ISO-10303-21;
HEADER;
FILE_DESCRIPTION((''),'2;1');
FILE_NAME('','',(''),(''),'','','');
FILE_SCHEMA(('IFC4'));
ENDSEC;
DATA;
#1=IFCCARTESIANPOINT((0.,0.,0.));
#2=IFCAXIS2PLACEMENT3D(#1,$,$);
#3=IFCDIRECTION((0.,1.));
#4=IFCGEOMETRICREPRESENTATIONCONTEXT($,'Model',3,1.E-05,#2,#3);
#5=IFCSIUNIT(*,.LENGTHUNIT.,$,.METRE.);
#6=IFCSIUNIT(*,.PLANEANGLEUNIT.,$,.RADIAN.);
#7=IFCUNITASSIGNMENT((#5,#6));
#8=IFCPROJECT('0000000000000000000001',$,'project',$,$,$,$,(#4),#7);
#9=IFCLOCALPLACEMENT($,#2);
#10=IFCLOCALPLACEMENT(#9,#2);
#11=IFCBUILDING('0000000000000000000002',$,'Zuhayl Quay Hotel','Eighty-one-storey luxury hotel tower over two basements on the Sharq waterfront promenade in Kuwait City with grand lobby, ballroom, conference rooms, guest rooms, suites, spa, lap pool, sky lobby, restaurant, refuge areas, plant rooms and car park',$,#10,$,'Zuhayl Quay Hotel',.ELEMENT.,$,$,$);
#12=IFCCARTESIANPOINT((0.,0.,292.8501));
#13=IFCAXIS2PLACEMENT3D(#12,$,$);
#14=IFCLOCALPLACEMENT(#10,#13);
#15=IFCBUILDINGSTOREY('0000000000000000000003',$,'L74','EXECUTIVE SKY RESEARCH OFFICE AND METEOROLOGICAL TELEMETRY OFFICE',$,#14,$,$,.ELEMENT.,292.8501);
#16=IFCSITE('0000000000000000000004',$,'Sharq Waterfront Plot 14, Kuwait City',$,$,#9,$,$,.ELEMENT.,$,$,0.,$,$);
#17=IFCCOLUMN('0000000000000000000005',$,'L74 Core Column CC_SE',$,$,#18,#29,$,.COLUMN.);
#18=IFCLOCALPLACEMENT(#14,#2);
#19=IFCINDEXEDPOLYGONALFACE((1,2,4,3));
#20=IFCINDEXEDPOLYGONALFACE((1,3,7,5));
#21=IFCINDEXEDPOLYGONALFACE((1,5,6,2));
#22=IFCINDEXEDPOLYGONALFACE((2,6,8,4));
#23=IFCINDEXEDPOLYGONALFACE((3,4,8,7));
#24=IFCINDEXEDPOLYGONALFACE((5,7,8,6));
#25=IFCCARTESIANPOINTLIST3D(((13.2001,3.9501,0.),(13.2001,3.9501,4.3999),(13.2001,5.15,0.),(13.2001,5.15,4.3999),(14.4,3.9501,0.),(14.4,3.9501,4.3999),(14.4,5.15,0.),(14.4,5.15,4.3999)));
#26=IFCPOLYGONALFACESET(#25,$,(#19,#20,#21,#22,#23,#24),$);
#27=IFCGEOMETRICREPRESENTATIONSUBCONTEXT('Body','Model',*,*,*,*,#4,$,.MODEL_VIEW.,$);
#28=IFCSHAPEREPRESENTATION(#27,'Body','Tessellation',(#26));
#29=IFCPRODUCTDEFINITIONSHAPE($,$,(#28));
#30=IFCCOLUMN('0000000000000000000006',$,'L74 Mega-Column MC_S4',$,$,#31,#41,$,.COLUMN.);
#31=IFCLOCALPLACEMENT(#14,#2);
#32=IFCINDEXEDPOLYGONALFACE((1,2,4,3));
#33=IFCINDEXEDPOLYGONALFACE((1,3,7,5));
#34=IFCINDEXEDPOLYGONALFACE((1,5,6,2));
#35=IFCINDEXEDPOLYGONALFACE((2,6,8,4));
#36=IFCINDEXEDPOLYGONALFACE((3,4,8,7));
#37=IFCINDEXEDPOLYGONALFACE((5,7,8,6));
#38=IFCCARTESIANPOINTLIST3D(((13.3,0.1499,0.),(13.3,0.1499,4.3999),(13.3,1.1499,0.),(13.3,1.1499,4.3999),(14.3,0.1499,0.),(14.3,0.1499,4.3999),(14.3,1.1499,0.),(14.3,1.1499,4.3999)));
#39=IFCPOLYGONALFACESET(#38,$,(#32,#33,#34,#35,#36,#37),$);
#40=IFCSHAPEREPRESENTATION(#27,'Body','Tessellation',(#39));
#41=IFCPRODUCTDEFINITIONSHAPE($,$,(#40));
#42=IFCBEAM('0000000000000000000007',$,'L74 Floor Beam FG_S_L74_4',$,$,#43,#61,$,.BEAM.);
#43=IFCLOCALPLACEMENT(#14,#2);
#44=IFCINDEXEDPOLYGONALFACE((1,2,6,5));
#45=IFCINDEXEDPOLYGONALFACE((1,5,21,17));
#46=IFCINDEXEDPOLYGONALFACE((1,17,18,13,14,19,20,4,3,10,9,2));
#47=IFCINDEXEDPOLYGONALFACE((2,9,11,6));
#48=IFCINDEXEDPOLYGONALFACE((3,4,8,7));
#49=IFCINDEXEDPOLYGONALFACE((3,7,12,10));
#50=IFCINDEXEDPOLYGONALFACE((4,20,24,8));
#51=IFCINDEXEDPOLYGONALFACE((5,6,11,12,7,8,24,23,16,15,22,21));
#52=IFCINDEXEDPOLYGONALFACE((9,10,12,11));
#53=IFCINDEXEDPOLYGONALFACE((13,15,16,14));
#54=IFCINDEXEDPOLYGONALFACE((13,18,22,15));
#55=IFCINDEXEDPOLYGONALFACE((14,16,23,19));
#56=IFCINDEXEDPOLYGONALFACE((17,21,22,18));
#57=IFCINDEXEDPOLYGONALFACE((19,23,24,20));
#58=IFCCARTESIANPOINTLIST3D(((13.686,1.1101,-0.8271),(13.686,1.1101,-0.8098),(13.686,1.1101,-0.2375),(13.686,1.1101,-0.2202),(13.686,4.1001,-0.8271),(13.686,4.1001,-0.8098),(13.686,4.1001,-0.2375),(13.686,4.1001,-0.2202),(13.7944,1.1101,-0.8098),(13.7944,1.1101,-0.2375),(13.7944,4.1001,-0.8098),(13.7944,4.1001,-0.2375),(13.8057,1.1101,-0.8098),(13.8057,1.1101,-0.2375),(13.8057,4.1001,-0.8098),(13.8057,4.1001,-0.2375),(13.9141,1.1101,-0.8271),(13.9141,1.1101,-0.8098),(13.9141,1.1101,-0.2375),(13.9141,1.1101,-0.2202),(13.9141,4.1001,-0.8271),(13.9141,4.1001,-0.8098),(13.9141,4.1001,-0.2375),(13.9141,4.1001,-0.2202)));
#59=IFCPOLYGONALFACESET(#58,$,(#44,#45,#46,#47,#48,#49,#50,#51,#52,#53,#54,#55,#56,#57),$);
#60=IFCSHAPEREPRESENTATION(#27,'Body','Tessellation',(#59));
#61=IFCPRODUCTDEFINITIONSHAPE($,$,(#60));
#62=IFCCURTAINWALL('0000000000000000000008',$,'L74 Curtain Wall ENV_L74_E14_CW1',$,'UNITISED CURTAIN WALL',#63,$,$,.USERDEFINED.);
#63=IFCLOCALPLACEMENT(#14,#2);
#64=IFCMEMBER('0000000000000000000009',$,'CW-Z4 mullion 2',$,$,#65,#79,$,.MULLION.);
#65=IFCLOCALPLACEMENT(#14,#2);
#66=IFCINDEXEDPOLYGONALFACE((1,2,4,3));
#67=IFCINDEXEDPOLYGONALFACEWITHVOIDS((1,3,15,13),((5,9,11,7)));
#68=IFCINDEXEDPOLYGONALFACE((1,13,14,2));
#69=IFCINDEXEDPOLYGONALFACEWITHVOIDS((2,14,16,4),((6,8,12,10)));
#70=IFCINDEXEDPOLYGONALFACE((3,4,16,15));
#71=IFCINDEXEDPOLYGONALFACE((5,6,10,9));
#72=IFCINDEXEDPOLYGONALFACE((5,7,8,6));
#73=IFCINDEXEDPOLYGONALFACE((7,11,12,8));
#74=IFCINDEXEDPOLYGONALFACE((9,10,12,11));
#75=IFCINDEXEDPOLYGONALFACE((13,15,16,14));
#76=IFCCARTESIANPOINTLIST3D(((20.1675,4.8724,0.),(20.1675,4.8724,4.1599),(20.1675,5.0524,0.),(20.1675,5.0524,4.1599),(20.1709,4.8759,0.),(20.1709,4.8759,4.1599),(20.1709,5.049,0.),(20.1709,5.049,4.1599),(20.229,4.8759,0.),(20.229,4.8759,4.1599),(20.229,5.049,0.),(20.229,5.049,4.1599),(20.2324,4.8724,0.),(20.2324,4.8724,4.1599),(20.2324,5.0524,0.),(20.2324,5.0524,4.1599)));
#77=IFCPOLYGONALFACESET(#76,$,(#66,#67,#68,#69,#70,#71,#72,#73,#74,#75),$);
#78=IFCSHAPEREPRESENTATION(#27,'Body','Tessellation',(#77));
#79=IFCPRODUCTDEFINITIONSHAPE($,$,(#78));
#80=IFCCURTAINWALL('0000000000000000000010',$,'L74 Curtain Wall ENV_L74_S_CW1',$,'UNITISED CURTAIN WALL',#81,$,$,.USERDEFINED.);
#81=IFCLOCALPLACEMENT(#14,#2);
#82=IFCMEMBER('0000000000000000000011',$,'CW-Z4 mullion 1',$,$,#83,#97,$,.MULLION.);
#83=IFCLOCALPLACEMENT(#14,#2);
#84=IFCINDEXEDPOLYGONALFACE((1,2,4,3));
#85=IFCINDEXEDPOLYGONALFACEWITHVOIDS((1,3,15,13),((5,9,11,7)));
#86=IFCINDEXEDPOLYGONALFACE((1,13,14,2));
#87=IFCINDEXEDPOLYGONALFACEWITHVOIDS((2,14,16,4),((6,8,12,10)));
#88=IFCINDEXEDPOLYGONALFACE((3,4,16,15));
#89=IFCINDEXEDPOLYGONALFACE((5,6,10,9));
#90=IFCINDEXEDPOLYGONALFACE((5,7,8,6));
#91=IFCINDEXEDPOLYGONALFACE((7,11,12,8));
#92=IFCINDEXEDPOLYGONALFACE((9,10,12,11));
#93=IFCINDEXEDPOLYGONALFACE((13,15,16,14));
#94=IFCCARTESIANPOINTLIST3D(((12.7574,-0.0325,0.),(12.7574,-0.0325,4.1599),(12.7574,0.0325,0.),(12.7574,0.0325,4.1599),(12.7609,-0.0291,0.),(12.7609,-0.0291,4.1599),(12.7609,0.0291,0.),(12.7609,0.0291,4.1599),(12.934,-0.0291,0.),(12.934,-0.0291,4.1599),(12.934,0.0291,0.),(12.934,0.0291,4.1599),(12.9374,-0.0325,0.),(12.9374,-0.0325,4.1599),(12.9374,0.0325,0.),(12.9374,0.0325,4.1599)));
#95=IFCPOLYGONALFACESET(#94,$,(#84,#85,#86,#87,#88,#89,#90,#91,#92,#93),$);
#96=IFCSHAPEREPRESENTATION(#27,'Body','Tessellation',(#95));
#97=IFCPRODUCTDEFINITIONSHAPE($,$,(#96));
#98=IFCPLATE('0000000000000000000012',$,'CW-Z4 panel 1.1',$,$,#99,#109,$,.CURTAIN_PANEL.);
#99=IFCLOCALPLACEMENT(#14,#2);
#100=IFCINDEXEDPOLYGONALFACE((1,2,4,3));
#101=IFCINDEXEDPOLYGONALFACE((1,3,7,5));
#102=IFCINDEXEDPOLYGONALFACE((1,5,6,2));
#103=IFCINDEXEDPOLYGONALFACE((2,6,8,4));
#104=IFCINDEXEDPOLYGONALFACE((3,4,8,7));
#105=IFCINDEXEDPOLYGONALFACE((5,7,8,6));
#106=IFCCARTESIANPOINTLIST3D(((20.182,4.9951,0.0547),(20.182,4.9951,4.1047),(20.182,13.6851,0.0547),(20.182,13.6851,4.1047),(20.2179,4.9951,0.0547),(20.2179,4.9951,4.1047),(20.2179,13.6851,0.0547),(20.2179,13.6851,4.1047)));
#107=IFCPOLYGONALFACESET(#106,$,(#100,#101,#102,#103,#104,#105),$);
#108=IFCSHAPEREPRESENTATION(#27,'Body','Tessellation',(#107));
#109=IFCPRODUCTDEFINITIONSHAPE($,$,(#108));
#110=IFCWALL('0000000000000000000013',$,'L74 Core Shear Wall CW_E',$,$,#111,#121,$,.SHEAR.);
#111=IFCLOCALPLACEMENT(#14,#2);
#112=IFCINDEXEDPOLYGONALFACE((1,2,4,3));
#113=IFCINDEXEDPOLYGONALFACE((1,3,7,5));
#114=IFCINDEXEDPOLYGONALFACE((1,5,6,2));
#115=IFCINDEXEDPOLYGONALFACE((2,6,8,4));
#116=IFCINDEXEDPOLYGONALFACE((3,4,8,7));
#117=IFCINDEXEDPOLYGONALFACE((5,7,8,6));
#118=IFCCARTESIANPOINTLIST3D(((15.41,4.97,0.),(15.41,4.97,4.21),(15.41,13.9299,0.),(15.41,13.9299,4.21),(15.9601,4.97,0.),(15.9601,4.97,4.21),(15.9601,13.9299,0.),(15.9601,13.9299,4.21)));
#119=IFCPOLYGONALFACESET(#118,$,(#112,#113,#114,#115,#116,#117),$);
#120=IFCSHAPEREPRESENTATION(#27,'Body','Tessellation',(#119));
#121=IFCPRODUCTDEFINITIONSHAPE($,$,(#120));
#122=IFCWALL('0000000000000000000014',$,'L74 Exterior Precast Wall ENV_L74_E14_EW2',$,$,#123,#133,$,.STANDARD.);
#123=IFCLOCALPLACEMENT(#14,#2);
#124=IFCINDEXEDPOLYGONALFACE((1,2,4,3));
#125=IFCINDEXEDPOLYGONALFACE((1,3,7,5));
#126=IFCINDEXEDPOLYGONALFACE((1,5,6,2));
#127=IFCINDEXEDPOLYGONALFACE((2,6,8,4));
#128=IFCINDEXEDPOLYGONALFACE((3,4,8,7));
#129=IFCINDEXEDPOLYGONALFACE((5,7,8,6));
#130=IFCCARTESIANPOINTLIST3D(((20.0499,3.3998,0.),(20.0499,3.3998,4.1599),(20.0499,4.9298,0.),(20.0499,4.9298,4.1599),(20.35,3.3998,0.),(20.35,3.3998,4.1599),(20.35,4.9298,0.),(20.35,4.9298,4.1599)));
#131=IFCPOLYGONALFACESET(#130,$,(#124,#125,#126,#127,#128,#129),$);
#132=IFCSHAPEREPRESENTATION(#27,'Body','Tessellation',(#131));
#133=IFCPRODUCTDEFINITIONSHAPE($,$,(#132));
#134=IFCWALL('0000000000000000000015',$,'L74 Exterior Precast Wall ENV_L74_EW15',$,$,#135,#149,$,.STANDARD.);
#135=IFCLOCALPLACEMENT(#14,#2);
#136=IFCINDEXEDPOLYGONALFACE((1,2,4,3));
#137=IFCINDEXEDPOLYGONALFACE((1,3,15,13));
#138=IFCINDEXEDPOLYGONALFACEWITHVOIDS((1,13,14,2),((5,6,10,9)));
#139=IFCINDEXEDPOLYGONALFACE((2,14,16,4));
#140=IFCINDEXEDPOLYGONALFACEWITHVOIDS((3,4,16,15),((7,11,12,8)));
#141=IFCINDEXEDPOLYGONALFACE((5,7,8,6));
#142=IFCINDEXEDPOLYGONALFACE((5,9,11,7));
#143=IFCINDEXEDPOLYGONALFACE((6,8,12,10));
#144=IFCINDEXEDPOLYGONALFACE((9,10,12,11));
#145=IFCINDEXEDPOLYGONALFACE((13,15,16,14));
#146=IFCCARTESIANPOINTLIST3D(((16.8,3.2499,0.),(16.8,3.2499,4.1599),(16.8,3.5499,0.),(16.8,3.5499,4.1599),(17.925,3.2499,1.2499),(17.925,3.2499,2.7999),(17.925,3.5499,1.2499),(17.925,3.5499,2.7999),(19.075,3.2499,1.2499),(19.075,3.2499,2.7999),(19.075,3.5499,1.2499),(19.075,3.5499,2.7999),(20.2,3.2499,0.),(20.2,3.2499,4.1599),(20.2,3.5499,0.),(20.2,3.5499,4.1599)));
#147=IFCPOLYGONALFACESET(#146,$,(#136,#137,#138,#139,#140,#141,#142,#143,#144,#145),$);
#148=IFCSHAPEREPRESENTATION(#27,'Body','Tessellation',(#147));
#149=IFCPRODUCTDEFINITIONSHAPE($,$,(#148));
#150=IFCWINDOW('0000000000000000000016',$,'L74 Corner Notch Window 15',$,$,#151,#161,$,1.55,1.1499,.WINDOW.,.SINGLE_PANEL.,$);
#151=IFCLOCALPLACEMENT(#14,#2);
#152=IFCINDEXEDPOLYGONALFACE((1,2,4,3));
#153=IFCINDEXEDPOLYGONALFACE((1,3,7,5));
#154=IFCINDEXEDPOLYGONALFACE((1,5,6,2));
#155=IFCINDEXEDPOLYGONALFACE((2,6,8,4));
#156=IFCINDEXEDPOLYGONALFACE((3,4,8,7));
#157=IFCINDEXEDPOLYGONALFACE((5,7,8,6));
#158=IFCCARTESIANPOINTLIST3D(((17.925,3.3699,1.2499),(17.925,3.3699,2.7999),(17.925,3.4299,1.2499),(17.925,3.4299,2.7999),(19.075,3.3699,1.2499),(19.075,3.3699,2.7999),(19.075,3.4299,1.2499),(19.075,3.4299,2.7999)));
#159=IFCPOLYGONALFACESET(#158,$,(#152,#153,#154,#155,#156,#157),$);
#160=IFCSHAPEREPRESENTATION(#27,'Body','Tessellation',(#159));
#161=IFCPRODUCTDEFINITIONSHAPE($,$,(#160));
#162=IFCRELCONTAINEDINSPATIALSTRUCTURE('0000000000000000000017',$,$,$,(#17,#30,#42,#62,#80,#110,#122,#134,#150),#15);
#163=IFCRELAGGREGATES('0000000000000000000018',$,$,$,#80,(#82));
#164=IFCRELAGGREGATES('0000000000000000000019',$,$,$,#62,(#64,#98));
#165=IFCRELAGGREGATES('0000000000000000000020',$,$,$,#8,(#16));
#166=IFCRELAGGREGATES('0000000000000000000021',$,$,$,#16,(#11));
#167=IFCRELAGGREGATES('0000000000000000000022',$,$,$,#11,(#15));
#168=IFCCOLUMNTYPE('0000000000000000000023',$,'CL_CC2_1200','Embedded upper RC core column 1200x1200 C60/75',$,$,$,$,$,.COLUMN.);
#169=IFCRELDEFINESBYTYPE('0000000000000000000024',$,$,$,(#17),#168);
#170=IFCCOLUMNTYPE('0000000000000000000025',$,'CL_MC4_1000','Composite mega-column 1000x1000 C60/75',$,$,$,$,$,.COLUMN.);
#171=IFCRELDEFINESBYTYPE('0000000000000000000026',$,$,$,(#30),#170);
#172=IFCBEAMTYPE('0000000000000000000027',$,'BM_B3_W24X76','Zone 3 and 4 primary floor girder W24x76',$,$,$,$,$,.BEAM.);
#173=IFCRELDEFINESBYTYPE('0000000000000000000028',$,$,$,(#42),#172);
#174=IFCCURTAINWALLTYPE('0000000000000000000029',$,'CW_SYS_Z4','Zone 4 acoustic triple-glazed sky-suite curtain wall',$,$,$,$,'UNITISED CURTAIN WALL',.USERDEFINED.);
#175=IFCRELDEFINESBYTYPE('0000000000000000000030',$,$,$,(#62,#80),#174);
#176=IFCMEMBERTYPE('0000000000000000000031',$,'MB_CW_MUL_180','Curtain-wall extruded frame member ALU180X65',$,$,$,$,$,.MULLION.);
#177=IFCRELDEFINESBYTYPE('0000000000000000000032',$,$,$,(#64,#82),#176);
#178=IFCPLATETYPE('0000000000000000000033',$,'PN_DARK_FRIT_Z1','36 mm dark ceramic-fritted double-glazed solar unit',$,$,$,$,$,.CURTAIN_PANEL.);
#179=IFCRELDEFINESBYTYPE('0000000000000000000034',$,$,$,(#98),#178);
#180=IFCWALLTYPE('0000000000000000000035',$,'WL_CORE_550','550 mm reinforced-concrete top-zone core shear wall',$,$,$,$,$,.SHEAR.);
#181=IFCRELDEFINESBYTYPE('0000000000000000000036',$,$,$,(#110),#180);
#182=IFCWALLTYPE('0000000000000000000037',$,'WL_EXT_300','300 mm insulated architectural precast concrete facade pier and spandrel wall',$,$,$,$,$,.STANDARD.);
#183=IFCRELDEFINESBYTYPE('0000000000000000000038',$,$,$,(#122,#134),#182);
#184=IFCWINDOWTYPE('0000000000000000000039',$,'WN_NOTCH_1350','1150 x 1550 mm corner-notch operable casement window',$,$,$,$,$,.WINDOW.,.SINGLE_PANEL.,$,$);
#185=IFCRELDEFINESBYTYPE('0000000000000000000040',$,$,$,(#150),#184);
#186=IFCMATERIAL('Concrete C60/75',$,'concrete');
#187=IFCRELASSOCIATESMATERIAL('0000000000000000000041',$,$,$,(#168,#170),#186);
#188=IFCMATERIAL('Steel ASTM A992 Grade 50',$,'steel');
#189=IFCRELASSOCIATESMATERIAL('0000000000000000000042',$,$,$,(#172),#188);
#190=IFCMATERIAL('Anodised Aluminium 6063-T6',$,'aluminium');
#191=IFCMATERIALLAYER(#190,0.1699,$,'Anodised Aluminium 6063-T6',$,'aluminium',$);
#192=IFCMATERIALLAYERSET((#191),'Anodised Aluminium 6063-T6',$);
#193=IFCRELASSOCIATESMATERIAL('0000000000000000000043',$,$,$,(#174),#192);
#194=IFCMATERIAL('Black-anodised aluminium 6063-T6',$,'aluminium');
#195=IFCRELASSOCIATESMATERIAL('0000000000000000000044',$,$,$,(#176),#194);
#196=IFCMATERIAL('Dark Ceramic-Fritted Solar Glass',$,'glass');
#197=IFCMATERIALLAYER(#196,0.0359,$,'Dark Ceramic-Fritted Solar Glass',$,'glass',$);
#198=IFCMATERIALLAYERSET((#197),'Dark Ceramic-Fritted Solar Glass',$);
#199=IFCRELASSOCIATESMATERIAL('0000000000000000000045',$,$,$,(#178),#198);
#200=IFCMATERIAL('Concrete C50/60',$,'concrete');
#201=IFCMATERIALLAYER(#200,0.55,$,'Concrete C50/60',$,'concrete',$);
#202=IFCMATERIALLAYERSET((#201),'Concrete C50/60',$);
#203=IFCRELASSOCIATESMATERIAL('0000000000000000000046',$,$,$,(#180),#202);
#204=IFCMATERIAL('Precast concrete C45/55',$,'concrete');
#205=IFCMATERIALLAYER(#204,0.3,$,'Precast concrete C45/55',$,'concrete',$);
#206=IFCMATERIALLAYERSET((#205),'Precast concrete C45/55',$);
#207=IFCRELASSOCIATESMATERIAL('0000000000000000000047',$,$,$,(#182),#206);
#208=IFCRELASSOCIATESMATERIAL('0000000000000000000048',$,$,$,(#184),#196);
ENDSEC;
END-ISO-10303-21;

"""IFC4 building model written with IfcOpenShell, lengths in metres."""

from ifc_helpers import new_model, si_unit, direction, frame, frame_2d, origin, origin_2d, place, context, subcontext, project, spatial, rectangle, hollow_rectangle, i_section, extrude, material, layer, layer_set, material_profile, profile_set, type_object, element, fill, aggregate, save


model = new_model("IFC4")

# Units and contexts
model_context = context("Model", 3, precision=1e-05, world=origin(), true_north=direction((0.0, 1.0)))
body_context = subcontext(model_context, "Body", "Model", "MODEL_VIEW")
ifc_project = project(units=[si_unit("LENGTHUNIT", "METRE"), si_unit("PLANEANGLEUNIT", "RADIAN")], contexts=[model_context])

# Site, building, storey
site_placement = place(None, origin())
site = spatial("IfcSite", under=ifc_project, at=site_placement, Name="Sharq Waterfront Plot 14, Kuwait City", CompositionType="ELEMENT", RefElevation=0.0)
building_placement = place(site_placement, origin())
building = spatial("IfcBuilding", under=site, at=building_placement, Name="Zuhayl Quay Hotel", Description="Eighty-one-storey luxury hotel tower over two basements on the Sharq waterfront promenade in Kuwait City with grand lobby, ballroom, conference rooms, guest rooms, suites, spa, lap pool, sky lobby, restaurant, refuge areas, plant rooms and car park", LongName="Zuhayl Quay Hotel", CompositionType="ELEMENT")
storey_placement = place(building_placement, frame((0.0, 0.0, 292.8501)))
storey = spatial("IfcBuildingStorey", under=building, at=storey_placement, Name="L74", Description="EXECUTIVE SKY RESEARCH OFFICE AND METEOROLOGICAL TELEMETRY OFFICE", CompositionType="ELEMENT", Elevation=292.8501)

# Columns
ifc_material_1 = material(Name="Concrete C60/75", Category="concrete")
ifc_material_profile_1 = material_profile(ifc_material_1, rectangle(XDim=1.2, YDim=1.2, at=origin_2d()), Name="RC1200X1200")
ifc_profile_set_1 = profile_set([ifc_material_profile_1], Name="Concrete C60/75")
column_type_1 = type_object("IfcColumnType", Name="CL_CC2_1200", Description="Embedded upper RC core column 1200x1200 C60/75", PredefinedType="COLUMN", material=ifc_profile_set_1)
column_1_placement = place(storey_placement, frame((13.8, 4.55, 0.0), z_axis=(0.0, 0.0, 1.0), x_axis=(1.0, 0.0, 0.0)))
element("IfcColumn", 1, at=column_1_placement, inside=storey, type_object=column_type_1, Name="L74 Core Column CC_SE", PredefinedType="COLUMN", context=body_context, shape_type="SweptSolid", body=[
    extrude(rectangle(XDim=1.2, YDim=1.2, at=origin_2d()), origin(), (0.0, 0.0, 1.0), 4.3999),
])
ifc_material_profile_2 = material_profile(ifc_material_1, rectangle(XDim=1.0, YDim=1.0, at=origin_2d()), Name="RC1000X1000")
ifc_profile_set_2 = profile_set([ifc_material_profile_2], Name="Concrete C60/75")
column_type_2 = type_object("IfcColumnType", Name="CL_MC4_1000", Description="Composite mega-column 1000x1000 C60/75", PredefinedType="COLUMN", material=ifc_profile_set_2)
column_2_placement = place(storey_placement, frame((13.8, 0.6499, 0.0), z_axis=(0.0, 0.0, 1.0), x_axis=(1.0, 0.0, 0.0)))
element("IfcColumn", 2, at=column_2_placement, inside=storey, type_object=column_type_2, Name="L74 Mega-Column MC_S4", PredefinedType="COLUMN", context=body_context, shape_type="SweptSolid", body=[
    extrude(rectangle(XDim=1.0, YDim=1.0, at=origin_2d()), origin(), (0.0, 0.0, 1.0), 4.3999),
])

# Beam
ifc_material_2 = material(Name="Steel ASTM A992 Grade 50", Category="steel")
ifc_material_profile_3 = material_profile(ifc_material_2, i_section(OverallWidth=0.228, OverallDepth=0.6069, WebThickness=0.0112, FlangeThickness=0.0173, at=origin_2d()), Name="W24X76")
ifc_profile_set_3 = profile_set([ifc_material_profile_3], Name="Steel ASTM A992 Grade 50")
beam_type = type_object("IfcBeamType", Name="BM_B3_W24X76", Description="Zone 3 and 4 primary floor girder W24x76", PredefinedType="BEAM", material=ifc_profile_set_3)
beam_placement = place(storey_placement, frame((13.8, 1.1101, -0.5237), z_axis=(0.0, 1.0, 0.0), x_axis=(-1.0, 0.0, 0.0)))
element("IfcBeam", 3, at=beam_placement, inside=storey, type_object=beam_type, Name="L74 Floor Beam FG_S_L74_4", PredefinedType="BEAM", context=body_context, shape_type="SweptSolid", body=[
    extrude(i_section(OverallWidth=0.228, OverallDepth=0.6069, WebThickness=0.0112, FlangeThickness=0.0173, at=origin_2d()), origin(), (0.0, 0.0, 1.0), 2.99),
])

# Curtain walls, members
ifc_material_3 = material(Name="Anodised Aluminium 6063-T6", Category="aluminium")
ifc_layer_1 = layer(ifc_material_3, 0.1699, Name="Anodised Aluminium 6063-T6", Category="aluminium")
ifc_layer_set_1 = layer_set([ifc_layer_1], Name="Anodised Aluminium 6063-T6")
curtain_wall_type = type_object("IfcCurtainWallType", Name="CW_SYS_Z4", Description="Zone 4 acoustic triple-glazed sky-suite curtain wall", ElementType="UNITISED CURTAIN WALL", PredefinedType="USERDEFINED", material=ifc_layer_set_1)
curtain_wall_1_placement = place(storey_placement, origin())
curtain_wall_1 = element("IfcCurtainWall", 4, at=curtain_wall_1_placement, inside=storey, type_object=curtain_wall_type, Name="L74 Curtain Wall ENV_L74_E14_CW1", ObjectType="UNITISED CURTAIN WALL", PredefinedType="USERDEFINED")
ifc_material_4 = material(Name="Black-anodised aluminium 6063-T6", Category="aluminium")
ifc_material_profile_4 = material_profile(ifc_material_4, hollow_rectangle(XDim=0.0649, YDim=0.1799, WallThickness=0.0034, at=origin_2d()), Name="ALU180X65")
ifc_profile_set_4 = profile_set([ifc_material_profile_4], Name="Black-anodised aluminium 6063-T6")
member_type = type_object("IfcMemberType", Name="MB_CW_MUL_180", Description="Curtain-wall extruded frame member ALU180X65", PredefinedType="MULLION", material=ifc_profile_set_4)
member_1_placement = place(storey_placement, frame((20.2, 4.9624, 0.0), z_axis=(0.0, 0.0, 1.0), x_axis=(1.0, 0.0, 0.0)))
member_1 = element("IfcMember", 5, at=member_1_placement, type_object=member_type, Name="CW-Z4 mullion 2", PredefinedType="MULLION", context=body_context, shape_type="SweptSolid", body=[
    extrude(hollow_rectangle(XDim=0.0649, YDim=0.1799, WallThickness=0.0034, at=origin_2d()), origin(), (0.0, 0.0, 1.0), 4.1599),
])
curtain_wall_2_placement = place(storey_placement, origin())
curtain_wall_2 = element("IfcCurtainWall", 6, at=curtain_wall_2_placement, inside=storey, type_object=curtain_wall_type, Name="L74 Curtain Wall ENV_L74_S_CW1", ObjectType="UNITISED CURTAIN WALL", PredefinedType="USERDEFINED")
member_2_placement = place(storey_placement, frame((12.8474, 0.0, 0.0), z_axis=(0.0, 0.0, 1.0), x_axis=(0.0, -1.0, 0.0)))
member_2 = element("IfcMember", 7, at=member_2_placement, type_object=member_type, Name="CW-Z4 mullion 1", PredefinedType="MULLION", context=body_context, shape_type="SweptSolid", body=[
    extrude(hollow_rectangle(XDim=0.0649, YDim=0.1799, WallThickness=0.0034, at=origin_2d()), origin(), (0.0, 0.0, 1.0), 4.1599),
])
aggregate(curtain_wall_2, [member_2])

# Plate
ifc_material_5 = material(Name="Dark Ceramic-Fritted Solar Glass", Category="glass")
ifc_layer_2 = layer(ifc_material_5, 0.0359, Name="Dark Ceramic-Fritted Solar Glass", Category="glass")
ifc_layer_set_2 = layer_set([ifc_layer_2], Name="Dark Ceramic-Fritted Solar Glass")
plate_type = type_object("IfcPlateType", Name="PN_DARK_FRIT_Z1", Description="36 mm dark ceramic-fritted double-glazed solar unit", PredefinedType="CURTAIN_PANEL", material=ifc_layer_set_2)
plate_placement = place(storey_placement, frame((20.2, 9.3401, 0.0547), z_axis=(0.0, 0.0, 1.0), x_axis=(0.0, -1.0, 0.0)))
plate = element("IfcPlate", 8, at=plate_placement, type_object=plate_type, Name="CW-Z4 panel 1.1", PredefinedType="CURTAIN_PANEL", context=body_context, shape_type="SweptSolid", body=[
    extrude(rectangle(XDim=8.6899, YDim=0.0359, at=origin_2d()), origin(), (0.0, 0.0, 1.0), 4.05),
])
aggregate(curtain_wall_1, [member_1, plate])

# Walls
ifc_material_6 = material(Name="Concrete C50/60", Category="concrete")
ifc_layer_3 = layer(ifc_material_6, 0.55, Name="Concrete C50/60", Category="concrete")
ifc_layer_set_3 = layer_set([ifc_layer_3], Name="Concrete C50/60")
wall_type_1 = type_object("IfcWallType", Name="WL_CORE_550", Description="550 mm reinforced-concrete top-zone core shear wall", PredefinedType="SHEAR", material=ifc_layer_set_3)
wall_1_placement = place(storey_placement, frame((15.6851, 4.97, 0.0), z_axis=(0.0, 0.0, 1.0), x_axis=(0.0, 1.0, 0.0)))
element("IfcWall", 9, at=wall_1_placement, inside=storey, type_object=wall_type_1, Name="L74 Core Shear Wall CW_E", PredefinedType="SHEAR", context=body_context, shape_type="SweptSolid", body=[
    extrude(rectangle(XDim=8.96, YDim=0.55, at=frame_2d((4.48, 0.0))), origin(), (0.0, 0.0, 1.0), 4.21),
])
ifc_material_7 = material(Name="Precast concrete C45/55", Category="concrete")
ifc_layer_4 = layer(ifc_material_7, 0.3, Name="Precast concrete C45/55", Category="concrete")
ifc_layer_set_4 = layer_set([ifc_layer_4], Name="Precast concrete C45/55")
wall_type_2 = type_object("IfcWallType", Name="WL_EXT_300", Description="300 mm insulated architectural precast concrete facade pier and spandrel wall", PredefinedType="STANDARD", material=ifc_layer_set_4)
wall_2_placement = place(storey_placement, frame((20.2, 4.9299, 0.0), z_axis=(0.0, 0.0, 1.0), x_axis=(0.0, -1.0, 0.0)))
element("IfcWall", 10, at=wall_2_placement, inside=storey, type_object=wall_type_2, Name="L74 Exterior Precast Wall ENV_L74_E14_EW2", PredefinedType="STANDARD", context=body_context, shape_type="SweptSolid", body=[
    extrude(rectangle(XDim=1.53, YDim=0.3, at=frame_2d((0.7651, 0.0))), origin(), (0.0, 0.0, 1.0), 4.1599),
])

# Wall, opening, window
wall_3_placement = place(storey_placement, frame((20.2, 3.3999, 0.0), z_axis=(0.0, 0.0, 1.0), x_axis=(-1.0, 0.0, 0.0)))
wall_3 = element("IfcWall", 11, at=wall_3_placement, inside=storey, type_object=wall_type_2, Name="L74 Exterior Precast Wall ENV_L74_EW15", PredefinedType="STANDARD", context=body_context, shape_type="SweptSolid", body=[
    extrude(rectangle(XDim=3.3999, YDim=0.3, at=frame_2d((1.7, 0.0))), origin(), (0.0, 0.0, 1.0), 4.1599),
])
opening_1_placement = place(wall_3_placement, frame((1.125, 0.0, 1.25)))
opening_1 = element("IfcOpeningElement", 12, at=opening_1_placement, cuts=wall_3, PredefinedType="OPENING", context=body_context, shape_type="SweptSolid", body=[
    extrude(rectangle(XDim=1.1499, YDim=1.55, at=frame_2d((0.575, 0.7749))), frame((0.0, 0.1599, 0.0), z_axis=(0.0, -1.0, 0.0), x_axis=(1.0, 0.0, 0.0)), (0.0, 0.0, 1.0), 0.3201),
])
window_type = type_object("IfcWindowType", Name="WN_NOTCH_1350", Description="1150 x 1550 mm corner-notch operable casement window", PartitioningType="SINGLE_PANEL", PredefinedType="WINDOW", material=ifc_material_5)
window_1_placement = place(opening_1_placement, origin())
window_1 = element("IfcWindow", 13, at=window_1_placement, inside=storey, type_object=window_type, Name="L74 Corner Notch Window 15", OverallHeight=1.55, OverallWidth=1.1499, PartitioningType="SINGLE_PANEL", PredefinedType="WINDOW", context=body_context, shape_type="SweptSolid", body=[
    extrude(rectangle(XDim=1.1499, YDim=1.55, at=frame_2d((0.575, 0.7749))), frame((0.0, 0.03, 0.0), z_axis=(0.0, -1.0, 0.0), x_axis=(1.0, 0.0, 0.0)), (0.0, 0.0, 1.0), 0.0601),
])
fill(opening_1, window_1)

save(model, "model.ifc")
